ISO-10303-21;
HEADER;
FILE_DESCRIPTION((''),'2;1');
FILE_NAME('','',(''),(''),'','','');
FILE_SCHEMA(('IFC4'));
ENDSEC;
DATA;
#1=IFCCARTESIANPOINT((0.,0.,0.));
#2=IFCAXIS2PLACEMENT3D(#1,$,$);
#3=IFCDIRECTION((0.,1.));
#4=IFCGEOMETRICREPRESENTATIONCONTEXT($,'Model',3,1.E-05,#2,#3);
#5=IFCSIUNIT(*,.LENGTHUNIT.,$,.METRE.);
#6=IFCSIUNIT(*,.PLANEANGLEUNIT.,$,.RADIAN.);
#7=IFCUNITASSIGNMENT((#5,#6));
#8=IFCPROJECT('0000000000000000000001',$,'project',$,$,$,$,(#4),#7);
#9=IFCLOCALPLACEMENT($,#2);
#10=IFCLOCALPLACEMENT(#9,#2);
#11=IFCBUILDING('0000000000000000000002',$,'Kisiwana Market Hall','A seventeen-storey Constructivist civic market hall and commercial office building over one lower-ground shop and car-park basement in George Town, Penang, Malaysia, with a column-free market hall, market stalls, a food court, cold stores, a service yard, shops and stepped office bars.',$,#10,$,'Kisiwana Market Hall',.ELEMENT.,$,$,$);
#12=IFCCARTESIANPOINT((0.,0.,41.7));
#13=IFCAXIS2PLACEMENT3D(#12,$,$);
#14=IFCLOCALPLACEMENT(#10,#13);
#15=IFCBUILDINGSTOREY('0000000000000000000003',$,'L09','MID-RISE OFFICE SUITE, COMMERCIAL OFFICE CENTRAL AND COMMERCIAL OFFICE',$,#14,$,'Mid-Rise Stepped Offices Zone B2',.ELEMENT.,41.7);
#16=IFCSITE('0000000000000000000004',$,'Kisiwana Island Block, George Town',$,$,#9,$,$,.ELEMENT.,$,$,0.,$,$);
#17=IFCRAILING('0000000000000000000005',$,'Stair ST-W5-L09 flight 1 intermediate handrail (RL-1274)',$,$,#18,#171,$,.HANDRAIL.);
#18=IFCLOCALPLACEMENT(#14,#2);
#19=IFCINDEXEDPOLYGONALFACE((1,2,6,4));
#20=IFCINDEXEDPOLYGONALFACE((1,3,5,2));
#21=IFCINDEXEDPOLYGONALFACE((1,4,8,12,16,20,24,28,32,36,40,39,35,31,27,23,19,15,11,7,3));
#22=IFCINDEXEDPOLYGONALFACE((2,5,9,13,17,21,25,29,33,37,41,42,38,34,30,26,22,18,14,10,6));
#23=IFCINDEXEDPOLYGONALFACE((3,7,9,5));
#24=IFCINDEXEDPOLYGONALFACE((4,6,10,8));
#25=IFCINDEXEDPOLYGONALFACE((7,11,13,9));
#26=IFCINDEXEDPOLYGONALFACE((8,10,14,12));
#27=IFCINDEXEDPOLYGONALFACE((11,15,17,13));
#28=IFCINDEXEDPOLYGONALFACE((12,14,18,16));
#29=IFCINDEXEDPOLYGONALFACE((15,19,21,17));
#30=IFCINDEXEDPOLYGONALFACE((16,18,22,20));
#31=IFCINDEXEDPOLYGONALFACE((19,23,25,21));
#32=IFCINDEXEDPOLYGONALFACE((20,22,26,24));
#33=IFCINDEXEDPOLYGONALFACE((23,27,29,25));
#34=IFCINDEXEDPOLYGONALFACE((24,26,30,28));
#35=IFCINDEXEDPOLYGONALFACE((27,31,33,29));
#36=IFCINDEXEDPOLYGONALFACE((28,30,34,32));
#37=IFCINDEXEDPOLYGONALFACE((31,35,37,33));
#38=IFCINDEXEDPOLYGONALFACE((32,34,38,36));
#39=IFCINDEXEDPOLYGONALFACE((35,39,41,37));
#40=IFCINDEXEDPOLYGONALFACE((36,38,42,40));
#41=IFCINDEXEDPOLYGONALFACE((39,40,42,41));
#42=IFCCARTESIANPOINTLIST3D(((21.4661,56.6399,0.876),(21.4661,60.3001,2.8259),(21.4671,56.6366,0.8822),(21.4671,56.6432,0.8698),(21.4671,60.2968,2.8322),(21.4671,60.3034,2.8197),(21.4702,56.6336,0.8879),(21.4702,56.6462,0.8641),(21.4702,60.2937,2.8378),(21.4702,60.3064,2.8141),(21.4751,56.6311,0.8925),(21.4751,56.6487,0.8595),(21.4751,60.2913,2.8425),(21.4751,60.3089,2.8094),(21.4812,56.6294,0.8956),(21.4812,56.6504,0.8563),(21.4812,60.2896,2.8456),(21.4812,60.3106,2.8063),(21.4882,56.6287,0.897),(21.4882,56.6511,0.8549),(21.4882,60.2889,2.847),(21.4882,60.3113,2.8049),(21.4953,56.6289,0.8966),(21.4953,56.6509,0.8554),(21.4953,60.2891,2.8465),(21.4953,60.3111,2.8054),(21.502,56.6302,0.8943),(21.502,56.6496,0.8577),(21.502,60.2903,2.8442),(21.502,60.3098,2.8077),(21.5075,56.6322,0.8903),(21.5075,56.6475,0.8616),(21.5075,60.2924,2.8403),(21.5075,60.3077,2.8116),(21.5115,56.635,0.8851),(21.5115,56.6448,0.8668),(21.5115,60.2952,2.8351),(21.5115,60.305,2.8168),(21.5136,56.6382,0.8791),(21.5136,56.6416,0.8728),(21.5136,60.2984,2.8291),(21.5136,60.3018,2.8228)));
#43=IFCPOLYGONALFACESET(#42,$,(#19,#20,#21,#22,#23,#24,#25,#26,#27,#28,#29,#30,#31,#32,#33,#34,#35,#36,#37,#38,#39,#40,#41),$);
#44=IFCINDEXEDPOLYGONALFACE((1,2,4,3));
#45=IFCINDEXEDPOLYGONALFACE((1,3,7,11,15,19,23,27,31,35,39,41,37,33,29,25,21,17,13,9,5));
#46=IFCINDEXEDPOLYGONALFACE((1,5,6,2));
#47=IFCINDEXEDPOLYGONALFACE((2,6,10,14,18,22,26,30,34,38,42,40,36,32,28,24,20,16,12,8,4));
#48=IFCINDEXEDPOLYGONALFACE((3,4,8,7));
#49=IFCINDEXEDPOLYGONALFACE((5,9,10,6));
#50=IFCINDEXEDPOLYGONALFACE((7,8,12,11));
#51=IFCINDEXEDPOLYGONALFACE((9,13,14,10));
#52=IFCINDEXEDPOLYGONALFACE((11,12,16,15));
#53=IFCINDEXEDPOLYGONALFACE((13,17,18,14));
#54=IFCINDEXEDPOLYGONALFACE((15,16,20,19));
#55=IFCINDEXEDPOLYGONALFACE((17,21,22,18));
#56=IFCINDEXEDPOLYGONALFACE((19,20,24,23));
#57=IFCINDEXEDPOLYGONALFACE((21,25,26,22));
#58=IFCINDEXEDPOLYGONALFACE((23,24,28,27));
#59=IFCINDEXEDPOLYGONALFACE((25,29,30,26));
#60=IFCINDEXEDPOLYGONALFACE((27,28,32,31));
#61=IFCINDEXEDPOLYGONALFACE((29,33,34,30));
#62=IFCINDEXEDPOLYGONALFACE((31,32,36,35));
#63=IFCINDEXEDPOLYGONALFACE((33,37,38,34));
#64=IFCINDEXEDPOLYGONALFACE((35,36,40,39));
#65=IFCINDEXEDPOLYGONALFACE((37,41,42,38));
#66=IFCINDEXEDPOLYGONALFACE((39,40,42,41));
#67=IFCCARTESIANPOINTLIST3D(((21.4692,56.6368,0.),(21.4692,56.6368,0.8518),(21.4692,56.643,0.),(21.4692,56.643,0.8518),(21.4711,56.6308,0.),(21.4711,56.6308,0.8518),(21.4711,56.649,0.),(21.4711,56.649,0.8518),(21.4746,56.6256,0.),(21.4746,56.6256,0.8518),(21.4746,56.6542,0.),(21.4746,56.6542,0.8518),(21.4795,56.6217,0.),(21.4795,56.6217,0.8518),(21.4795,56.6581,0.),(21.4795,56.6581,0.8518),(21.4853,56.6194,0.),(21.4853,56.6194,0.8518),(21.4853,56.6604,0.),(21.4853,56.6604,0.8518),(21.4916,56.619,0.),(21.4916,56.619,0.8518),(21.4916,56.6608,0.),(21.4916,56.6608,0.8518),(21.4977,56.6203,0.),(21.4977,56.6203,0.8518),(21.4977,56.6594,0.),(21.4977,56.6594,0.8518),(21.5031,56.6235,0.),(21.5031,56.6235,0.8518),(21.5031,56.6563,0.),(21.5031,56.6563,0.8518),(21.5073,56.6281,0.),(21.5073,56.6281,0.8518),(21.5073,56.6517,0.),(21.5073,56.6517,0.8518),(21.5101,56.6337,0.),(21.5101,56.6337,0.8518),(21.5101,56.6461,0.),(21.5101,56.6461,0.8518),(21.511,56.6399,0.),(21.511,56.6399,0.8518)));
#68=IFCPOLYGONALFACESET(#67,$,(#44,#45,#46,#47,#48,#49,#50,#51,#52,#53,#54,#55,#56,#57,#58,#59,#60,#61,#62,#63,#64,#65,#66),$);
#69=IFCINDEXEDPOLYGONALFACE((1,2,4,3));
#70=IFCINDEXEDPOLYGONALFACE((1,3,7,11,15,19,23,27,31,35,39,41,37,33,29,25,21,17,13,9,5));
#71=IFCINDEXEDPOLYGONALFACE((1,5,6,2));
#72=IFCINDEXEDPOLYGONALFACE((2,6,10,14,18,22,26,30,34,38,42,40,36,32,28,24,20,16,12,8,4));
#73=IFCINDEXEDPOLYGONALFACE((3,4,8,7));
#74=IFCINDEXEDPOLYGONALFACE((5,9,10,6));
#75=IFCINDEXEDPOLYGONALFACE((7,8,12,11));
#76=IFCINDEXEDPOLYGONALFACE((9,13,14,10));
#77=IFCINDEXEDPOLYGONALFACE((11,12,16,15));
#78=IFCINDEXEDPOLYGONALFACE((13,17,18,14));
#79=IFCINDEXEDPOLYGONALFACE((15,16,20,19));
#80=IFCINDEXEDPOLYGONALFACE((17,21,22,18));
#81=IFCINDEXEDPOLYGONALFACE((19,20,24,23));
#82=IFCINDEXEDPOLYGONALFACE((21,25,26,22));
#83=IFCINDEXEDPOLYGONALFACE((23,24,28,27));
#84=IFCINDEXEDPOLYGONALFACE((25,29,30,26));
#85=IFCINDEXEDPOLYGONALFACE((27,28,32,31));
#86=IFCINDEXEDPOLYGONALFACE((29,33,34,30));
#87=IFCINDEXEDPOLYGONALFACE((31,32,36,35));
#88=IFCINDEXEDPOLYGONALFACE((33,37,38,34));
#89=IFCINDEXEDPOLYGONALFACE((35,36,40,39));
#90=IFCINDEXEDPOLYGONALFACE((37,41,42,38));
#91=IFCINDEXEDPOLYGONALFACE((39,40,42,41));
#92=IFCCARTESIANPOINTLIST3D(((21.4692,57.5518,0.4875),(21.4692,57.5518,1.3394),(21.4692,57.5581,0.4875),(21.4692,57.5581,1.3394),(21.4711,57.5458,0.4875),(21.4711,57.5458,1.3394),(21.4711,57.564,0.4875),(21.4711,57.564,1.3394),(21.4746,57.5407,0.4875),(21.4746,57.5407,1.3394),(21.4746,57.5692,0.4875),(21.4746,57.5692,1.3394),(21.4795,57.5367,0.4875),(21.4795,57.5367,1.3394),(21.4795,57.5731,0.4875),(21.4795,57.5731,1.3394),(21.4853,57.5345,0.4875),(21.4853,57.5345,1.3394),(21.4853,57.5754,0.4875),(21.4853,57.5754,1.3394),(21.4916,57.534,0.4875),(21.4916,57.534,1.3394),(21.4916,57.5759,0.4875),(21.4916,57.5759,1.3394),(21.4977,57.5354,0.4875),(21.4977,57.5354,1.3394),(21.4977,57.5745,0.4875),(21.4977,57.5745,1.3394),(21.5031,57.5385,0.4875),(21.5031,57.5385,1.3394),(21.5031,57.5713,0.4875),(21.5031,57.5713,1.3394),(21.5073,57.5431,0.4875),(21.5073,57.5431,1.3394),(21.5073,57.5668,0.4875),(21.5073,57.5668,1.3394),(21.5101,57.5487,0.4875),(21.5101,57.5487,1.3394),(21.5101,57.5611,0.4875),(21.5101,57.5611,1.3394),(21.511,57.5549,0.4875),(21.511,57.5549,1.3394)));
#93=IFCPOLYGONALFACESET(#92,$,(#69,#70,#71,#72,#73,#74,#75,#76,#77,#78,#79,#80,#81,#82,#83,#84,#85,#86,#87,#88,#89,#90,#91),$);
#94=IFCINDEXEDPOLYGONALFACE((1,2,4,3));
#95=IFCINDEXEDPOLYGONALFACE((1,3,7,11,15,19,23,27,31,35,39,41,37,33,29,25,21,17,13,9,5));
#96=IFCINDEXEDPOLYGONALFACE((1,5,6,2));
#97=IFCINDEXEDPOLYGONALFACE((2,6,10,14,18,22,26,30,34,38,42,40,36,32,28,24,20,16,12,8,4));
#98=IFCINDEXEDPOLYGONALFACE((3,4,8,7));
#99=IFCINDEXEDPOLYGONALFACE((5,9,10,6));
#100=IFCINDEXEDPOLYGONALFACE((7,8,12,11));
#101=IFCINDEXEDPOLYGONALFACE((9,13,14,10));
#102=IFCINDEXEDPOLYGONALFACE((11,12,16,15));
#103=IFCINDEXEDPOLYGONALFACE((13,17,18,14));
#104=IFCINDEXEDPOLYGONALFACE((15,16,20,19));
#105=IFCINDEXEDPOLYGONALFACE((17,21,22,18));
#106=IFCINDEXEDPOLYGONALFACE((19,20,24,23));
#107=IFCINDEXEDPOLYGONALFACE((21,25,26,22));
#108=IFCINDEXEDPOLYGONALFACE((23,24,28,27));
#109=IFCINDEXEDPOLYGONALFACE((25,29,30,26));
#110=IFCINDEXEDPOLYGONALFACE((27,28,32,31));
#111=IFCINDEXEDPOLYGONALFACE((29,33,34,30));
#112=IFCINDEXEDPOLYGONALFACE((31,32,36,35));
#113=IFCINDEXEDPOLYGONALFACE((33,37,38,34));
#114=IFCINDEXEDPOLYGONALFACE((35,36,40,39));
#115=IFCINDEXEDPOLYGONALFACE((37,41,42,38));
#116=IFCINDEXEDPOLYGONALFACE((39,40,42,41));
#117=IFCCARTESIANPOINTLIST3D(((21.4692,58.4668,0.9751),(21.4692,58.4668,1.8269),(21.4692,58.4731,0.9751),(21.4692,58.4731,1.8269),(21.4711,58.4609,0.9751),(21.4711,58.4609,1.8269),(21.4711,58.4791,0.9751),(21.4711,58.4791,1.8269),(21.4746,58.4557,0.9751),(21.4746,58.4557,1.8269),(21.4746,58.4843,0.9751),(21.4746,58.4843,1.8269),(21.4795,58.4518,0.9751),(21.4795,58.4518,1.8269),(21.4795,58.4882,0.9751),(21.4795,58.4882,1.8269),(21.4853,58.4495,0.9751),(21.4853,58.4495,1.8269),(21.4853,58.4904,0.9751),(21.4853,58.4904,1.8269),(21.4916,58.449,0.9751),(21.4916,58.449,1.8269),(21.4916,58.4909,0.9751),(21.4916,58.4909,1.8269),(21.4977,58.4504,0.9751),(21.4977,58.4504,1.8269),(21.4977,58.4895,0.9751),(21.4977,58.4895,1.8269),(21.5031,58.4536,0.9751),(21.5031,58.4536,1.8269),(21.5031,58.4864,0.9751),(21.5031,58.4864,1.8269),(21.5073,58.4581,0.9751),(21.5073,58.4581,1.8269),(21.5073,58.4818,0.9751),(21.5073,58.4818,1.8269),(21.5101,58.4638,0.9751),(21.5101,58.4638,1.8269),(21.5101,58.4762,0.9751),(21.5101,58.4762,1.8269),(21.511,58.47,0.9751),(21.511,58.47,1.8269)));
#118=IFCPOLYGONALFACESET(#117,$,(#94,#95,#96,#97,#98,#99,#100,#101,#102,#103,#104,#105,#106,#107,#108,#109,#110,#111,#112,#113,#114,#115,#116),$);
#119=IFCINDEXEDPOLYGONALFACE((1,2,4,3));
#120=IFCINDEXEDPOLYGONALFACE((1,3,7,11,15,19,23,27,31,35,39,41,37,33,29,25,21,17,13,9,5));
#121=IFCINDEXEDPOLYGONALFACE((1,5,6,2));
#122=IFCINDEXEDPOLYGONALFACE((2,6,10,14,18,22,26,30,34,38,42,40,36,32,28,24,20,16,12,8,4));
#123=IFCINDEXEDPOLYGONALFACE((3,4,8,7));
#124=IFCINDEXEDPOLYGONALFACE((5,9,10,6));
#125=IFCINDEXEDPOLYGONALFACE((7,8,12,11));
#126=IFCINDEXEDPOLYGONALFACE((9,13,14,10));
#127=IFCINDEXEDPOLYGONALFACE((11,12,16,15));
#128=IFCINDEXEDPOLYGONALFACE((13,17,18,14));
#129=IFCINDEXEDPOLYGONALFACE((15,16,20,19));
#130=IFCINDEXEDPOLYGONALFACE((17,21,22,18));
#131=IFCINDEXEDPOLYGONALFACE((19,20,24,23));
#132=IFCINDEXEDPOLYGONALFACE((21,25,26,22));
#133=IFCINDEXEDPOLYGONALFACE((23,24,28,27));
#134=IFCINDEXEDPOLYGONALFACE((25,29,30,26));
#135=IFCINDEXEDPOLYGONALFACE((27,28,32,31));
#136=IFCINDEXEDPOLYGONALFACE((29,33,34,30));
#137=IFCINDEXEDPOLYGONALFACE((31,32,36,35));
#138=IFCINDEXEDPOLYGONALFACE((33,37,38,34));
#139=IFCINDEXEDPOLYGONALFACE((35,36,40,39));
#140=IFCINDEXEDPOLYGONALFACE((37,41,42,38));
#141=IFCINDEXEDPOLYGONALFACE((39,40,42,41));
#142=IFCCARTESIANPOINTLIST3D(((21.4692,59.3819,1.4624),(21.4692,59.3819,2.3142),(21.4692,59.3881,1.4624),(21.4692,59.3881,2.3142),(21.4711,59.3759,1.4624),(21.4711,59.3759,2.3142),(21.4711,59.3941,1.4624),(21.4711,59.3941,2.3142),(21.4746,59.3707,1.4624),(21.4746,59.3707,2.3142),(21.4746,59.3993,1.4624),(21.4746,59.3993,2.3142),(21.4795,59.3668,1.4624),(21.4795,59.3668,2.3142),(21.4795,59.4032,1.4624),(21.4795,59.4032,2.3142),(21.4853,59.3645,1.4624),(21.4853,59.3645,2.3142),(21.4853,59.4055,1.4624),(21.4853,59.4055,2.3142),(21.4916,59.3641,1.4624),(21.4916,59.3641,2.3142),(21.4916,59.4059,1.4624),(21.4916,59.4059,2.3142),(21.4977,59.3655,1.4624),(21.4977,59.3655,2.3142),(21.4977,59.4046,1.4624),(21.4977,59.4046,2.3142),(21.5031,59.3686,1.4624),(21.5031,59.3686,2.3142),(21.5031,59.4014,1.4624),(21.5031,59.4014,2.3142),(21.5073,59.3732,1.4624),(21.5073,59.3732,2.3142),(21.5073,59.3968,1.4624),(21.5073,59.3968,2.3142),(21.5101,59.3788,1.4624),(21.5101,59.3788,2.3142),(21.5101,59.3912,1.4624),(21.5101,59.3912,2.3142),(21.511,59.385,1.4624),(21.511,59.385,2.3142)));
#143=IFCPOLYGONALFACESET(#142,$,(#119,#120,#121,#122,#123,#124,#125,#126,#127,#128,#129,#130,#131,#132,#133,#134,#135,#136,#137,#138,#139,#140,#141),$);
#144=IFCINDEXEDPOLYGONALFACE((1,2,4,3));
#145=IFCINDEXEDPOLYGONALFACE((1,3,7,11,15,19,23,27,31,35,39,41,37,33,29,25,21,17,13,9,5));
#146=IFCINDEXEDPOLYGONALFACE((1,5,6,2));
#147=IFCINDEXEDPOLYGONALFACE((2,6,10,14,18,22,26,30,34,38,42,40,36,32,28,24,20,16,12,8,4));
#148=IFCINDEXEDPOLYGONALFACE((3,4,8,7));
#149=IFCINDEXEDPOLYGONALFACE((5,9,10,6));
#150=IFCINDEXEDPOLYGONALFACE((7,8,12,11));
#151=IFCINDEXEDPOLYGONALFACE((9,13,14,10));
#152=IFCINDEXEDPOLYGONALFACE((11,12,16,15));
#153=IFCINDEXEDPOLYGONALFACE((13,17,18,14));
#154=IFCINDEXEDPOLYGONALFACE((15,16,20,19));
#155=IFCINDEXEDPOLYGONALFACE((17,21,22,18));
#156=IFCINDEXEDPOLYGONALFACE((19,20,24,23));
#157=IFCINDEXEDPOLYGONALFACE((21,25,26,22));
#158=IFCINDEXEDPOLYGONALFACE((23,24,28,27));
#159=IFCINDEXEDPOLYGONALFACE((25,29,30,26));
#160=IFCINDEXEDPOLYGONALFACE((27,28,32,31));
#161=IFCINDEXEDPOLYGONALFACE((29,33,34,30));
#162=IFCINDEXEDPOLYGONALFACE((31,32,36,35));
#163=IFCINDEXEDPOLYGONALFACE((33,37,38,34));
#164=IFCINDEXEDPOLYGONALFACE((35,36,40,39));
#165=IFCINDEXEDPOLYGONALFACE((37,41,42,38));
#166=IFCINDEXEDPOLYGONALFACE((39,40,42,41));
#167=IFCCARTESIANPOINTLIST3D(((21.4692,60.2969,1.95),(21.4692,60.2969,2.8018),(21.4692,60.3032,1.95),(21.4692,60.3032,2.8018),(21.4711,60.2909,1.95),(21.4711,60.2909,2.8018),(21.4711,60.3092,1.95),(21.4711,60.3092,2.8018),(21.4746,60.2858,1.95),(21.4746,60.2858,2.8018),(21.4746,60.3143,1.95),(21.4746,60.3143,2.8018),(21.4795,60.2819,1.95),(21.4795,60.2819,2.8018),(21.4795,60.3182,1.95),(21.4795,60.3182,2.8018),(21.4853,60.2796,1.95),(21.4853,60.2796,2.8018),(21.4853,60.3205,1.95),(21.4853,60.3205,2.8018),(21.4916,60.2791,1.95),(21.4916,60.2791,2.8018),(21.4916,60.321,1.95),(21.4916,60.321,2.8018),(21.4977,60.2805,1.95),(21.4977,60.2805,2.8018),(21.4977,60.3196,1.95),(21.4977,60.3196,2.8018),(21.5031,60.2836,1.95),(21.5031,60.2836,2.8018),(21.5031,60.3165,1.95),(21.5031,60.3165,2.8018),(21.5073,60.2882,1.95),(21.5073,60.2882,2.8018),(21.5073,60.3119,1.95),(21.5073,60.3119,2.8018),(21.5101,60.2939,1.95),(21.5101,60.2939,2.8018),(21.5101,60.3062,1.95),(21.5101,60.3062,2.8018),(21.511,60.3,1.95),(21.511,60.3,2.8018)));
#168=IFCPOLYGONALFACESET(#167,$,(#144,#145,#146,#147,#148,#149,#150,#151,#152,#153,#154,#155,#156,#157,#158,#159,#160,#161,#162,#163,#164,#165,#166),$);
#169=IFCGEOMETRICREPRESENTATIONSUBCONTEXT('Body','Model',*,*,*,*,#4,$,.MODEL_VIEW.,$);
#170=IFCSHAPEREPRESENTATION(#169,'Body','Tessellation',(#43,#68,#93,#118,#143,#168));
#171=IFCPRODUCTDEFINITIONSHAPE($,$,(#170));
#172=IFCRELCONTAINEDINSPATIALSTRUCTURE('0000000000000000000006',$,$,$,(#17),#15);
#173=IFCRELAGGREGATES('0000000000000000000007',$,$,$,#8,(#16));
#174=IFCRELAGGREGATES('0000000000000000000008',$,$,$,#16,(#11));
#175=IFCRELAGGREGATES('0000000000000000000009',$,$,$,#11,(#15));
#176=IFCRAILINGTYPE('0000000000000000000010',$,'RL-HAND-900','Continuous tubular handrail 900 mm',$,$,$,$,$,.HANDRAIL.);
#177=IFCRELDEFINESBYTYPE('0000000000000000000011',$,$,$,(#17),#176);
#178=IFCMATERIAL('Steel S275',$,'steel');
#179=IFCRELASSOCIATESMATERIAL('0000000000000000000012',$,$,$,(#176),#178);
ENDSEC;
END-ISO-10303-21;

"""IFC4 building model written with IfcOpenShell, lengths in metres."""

from ifc_helpers import new_model, si_unit, direction, frame, origin, origin_2d, place, context, subcontext, project, spatial, circle, extrude, material, type_object, element, save


model = new_model("IFC4")

# Units and contexts
model_context = context("Model", 3, precision=1e-05, world=origin(), true_north=direction((0.0, 1.0)))
body_context = subcontext(model_context, "Body", "Model", "MODEL_VIEW")
ifc_project = project(units=[si_unit("LENGTHUNIT", "METRE"), si_unit("PLANEANGLEUNIT", "RADIAN")], contexts=[model_context])

# Site, building, storey
site_placement = place(None, origin())
site = spatial("IfcSite", under=ifc_project, at=site_placement, Name="Kisiwana Island Block, George Town", CompositionType="ELEMENT", RefElevation=0.0)
building_placement = place(site_placement, origin())
building = spatial("IfcBuilding", under=site, at=building_placement, Name="Kisiwana Market Hall", Description="A seventeen-storey Constructivist civic market hall and commercial office building over one lower-ground shop and car-park basement in George Town, Penang, Malaysia, with a column-free market hall, market stalls, a food court, cold stores, a service yard, shops and stepped office bars.", LongName="Kisiwana Market Hall", CompositionType="ELEMENT")
storey_placement = place(building_placement, frame((0.0, 0.0, 41.7)))
storey = spatial("IfcBuildingStorey", under=building, at=storey_placement, Name="L09", Description="MID-RISE OFFICE SUITE, COMMERCIAL OFFICE CENTRAL AND COMMERCIAL OFFICE", LongName="Mid-Rise Stepped Offices Zone B2", CompositionType="ELEMENT", Elevation=41.7)

# Railing
ifc_material_1 = material(Name="Steel S275", Category="steel")
railing_type_1 = type_object("IfcRailingType", Name="RL-HAND-900", Description="Continuous tubular handrail 900 mm", PredefinedType="HANDRAIL", material=ifc_material_1)
railing_1_placement = place(storey_placement, frame((21.49, 56.6399, 0.0)))
element("IfcRailing", 1, at=railing_1_placement, inside=storey, type_object=railing_type_1, Name="Stair ST-W5-L09 flight 1 intermediate handrail (RL-1274)", PredefinedType="HANDRAIL", context=body_context, shape_type="SweptSolid", body=[
    extrude(circle(Radius=0.0239, at=origin_2d()), frame((0.0, 0.0, 0.876), z_axis=(0.0, 0.882566, 0.470188), x_axis=(-1.0, 0.0, 0.0)), (0.0, 0.0, 1.0), 4.1472),
    extrude(circle(Radius=0.021, at=origin_2d()), origin(), (0.0, 0.0, 1.0), 0.8518),
    extrude(circle(Radius=0.021, at=origin_2d()), frame((0.0, 0.915, 0.4875)), (0.0, 0.0, 1.0), 0.8518),
    extrude(circle(Radius=0.021, at=origin_2d()), frame((0.0, 1.8301, 0.9751)), (0.0, 0.0, 1.0), 0.8518),
    extrude(circle(Radius=0.021, at=origin_2d()), frame((0.0, 2.7451, 1.4624)), (0.0, 0.0, 1.0), 0.8518),
    extrude(circle(Radius=0.021, at=origin_2d()), frame((0.0, 3.6602, 1.95)), (0.0, 0.0, 1.0), 0.8518),
])

save(model, "model.ifc")
